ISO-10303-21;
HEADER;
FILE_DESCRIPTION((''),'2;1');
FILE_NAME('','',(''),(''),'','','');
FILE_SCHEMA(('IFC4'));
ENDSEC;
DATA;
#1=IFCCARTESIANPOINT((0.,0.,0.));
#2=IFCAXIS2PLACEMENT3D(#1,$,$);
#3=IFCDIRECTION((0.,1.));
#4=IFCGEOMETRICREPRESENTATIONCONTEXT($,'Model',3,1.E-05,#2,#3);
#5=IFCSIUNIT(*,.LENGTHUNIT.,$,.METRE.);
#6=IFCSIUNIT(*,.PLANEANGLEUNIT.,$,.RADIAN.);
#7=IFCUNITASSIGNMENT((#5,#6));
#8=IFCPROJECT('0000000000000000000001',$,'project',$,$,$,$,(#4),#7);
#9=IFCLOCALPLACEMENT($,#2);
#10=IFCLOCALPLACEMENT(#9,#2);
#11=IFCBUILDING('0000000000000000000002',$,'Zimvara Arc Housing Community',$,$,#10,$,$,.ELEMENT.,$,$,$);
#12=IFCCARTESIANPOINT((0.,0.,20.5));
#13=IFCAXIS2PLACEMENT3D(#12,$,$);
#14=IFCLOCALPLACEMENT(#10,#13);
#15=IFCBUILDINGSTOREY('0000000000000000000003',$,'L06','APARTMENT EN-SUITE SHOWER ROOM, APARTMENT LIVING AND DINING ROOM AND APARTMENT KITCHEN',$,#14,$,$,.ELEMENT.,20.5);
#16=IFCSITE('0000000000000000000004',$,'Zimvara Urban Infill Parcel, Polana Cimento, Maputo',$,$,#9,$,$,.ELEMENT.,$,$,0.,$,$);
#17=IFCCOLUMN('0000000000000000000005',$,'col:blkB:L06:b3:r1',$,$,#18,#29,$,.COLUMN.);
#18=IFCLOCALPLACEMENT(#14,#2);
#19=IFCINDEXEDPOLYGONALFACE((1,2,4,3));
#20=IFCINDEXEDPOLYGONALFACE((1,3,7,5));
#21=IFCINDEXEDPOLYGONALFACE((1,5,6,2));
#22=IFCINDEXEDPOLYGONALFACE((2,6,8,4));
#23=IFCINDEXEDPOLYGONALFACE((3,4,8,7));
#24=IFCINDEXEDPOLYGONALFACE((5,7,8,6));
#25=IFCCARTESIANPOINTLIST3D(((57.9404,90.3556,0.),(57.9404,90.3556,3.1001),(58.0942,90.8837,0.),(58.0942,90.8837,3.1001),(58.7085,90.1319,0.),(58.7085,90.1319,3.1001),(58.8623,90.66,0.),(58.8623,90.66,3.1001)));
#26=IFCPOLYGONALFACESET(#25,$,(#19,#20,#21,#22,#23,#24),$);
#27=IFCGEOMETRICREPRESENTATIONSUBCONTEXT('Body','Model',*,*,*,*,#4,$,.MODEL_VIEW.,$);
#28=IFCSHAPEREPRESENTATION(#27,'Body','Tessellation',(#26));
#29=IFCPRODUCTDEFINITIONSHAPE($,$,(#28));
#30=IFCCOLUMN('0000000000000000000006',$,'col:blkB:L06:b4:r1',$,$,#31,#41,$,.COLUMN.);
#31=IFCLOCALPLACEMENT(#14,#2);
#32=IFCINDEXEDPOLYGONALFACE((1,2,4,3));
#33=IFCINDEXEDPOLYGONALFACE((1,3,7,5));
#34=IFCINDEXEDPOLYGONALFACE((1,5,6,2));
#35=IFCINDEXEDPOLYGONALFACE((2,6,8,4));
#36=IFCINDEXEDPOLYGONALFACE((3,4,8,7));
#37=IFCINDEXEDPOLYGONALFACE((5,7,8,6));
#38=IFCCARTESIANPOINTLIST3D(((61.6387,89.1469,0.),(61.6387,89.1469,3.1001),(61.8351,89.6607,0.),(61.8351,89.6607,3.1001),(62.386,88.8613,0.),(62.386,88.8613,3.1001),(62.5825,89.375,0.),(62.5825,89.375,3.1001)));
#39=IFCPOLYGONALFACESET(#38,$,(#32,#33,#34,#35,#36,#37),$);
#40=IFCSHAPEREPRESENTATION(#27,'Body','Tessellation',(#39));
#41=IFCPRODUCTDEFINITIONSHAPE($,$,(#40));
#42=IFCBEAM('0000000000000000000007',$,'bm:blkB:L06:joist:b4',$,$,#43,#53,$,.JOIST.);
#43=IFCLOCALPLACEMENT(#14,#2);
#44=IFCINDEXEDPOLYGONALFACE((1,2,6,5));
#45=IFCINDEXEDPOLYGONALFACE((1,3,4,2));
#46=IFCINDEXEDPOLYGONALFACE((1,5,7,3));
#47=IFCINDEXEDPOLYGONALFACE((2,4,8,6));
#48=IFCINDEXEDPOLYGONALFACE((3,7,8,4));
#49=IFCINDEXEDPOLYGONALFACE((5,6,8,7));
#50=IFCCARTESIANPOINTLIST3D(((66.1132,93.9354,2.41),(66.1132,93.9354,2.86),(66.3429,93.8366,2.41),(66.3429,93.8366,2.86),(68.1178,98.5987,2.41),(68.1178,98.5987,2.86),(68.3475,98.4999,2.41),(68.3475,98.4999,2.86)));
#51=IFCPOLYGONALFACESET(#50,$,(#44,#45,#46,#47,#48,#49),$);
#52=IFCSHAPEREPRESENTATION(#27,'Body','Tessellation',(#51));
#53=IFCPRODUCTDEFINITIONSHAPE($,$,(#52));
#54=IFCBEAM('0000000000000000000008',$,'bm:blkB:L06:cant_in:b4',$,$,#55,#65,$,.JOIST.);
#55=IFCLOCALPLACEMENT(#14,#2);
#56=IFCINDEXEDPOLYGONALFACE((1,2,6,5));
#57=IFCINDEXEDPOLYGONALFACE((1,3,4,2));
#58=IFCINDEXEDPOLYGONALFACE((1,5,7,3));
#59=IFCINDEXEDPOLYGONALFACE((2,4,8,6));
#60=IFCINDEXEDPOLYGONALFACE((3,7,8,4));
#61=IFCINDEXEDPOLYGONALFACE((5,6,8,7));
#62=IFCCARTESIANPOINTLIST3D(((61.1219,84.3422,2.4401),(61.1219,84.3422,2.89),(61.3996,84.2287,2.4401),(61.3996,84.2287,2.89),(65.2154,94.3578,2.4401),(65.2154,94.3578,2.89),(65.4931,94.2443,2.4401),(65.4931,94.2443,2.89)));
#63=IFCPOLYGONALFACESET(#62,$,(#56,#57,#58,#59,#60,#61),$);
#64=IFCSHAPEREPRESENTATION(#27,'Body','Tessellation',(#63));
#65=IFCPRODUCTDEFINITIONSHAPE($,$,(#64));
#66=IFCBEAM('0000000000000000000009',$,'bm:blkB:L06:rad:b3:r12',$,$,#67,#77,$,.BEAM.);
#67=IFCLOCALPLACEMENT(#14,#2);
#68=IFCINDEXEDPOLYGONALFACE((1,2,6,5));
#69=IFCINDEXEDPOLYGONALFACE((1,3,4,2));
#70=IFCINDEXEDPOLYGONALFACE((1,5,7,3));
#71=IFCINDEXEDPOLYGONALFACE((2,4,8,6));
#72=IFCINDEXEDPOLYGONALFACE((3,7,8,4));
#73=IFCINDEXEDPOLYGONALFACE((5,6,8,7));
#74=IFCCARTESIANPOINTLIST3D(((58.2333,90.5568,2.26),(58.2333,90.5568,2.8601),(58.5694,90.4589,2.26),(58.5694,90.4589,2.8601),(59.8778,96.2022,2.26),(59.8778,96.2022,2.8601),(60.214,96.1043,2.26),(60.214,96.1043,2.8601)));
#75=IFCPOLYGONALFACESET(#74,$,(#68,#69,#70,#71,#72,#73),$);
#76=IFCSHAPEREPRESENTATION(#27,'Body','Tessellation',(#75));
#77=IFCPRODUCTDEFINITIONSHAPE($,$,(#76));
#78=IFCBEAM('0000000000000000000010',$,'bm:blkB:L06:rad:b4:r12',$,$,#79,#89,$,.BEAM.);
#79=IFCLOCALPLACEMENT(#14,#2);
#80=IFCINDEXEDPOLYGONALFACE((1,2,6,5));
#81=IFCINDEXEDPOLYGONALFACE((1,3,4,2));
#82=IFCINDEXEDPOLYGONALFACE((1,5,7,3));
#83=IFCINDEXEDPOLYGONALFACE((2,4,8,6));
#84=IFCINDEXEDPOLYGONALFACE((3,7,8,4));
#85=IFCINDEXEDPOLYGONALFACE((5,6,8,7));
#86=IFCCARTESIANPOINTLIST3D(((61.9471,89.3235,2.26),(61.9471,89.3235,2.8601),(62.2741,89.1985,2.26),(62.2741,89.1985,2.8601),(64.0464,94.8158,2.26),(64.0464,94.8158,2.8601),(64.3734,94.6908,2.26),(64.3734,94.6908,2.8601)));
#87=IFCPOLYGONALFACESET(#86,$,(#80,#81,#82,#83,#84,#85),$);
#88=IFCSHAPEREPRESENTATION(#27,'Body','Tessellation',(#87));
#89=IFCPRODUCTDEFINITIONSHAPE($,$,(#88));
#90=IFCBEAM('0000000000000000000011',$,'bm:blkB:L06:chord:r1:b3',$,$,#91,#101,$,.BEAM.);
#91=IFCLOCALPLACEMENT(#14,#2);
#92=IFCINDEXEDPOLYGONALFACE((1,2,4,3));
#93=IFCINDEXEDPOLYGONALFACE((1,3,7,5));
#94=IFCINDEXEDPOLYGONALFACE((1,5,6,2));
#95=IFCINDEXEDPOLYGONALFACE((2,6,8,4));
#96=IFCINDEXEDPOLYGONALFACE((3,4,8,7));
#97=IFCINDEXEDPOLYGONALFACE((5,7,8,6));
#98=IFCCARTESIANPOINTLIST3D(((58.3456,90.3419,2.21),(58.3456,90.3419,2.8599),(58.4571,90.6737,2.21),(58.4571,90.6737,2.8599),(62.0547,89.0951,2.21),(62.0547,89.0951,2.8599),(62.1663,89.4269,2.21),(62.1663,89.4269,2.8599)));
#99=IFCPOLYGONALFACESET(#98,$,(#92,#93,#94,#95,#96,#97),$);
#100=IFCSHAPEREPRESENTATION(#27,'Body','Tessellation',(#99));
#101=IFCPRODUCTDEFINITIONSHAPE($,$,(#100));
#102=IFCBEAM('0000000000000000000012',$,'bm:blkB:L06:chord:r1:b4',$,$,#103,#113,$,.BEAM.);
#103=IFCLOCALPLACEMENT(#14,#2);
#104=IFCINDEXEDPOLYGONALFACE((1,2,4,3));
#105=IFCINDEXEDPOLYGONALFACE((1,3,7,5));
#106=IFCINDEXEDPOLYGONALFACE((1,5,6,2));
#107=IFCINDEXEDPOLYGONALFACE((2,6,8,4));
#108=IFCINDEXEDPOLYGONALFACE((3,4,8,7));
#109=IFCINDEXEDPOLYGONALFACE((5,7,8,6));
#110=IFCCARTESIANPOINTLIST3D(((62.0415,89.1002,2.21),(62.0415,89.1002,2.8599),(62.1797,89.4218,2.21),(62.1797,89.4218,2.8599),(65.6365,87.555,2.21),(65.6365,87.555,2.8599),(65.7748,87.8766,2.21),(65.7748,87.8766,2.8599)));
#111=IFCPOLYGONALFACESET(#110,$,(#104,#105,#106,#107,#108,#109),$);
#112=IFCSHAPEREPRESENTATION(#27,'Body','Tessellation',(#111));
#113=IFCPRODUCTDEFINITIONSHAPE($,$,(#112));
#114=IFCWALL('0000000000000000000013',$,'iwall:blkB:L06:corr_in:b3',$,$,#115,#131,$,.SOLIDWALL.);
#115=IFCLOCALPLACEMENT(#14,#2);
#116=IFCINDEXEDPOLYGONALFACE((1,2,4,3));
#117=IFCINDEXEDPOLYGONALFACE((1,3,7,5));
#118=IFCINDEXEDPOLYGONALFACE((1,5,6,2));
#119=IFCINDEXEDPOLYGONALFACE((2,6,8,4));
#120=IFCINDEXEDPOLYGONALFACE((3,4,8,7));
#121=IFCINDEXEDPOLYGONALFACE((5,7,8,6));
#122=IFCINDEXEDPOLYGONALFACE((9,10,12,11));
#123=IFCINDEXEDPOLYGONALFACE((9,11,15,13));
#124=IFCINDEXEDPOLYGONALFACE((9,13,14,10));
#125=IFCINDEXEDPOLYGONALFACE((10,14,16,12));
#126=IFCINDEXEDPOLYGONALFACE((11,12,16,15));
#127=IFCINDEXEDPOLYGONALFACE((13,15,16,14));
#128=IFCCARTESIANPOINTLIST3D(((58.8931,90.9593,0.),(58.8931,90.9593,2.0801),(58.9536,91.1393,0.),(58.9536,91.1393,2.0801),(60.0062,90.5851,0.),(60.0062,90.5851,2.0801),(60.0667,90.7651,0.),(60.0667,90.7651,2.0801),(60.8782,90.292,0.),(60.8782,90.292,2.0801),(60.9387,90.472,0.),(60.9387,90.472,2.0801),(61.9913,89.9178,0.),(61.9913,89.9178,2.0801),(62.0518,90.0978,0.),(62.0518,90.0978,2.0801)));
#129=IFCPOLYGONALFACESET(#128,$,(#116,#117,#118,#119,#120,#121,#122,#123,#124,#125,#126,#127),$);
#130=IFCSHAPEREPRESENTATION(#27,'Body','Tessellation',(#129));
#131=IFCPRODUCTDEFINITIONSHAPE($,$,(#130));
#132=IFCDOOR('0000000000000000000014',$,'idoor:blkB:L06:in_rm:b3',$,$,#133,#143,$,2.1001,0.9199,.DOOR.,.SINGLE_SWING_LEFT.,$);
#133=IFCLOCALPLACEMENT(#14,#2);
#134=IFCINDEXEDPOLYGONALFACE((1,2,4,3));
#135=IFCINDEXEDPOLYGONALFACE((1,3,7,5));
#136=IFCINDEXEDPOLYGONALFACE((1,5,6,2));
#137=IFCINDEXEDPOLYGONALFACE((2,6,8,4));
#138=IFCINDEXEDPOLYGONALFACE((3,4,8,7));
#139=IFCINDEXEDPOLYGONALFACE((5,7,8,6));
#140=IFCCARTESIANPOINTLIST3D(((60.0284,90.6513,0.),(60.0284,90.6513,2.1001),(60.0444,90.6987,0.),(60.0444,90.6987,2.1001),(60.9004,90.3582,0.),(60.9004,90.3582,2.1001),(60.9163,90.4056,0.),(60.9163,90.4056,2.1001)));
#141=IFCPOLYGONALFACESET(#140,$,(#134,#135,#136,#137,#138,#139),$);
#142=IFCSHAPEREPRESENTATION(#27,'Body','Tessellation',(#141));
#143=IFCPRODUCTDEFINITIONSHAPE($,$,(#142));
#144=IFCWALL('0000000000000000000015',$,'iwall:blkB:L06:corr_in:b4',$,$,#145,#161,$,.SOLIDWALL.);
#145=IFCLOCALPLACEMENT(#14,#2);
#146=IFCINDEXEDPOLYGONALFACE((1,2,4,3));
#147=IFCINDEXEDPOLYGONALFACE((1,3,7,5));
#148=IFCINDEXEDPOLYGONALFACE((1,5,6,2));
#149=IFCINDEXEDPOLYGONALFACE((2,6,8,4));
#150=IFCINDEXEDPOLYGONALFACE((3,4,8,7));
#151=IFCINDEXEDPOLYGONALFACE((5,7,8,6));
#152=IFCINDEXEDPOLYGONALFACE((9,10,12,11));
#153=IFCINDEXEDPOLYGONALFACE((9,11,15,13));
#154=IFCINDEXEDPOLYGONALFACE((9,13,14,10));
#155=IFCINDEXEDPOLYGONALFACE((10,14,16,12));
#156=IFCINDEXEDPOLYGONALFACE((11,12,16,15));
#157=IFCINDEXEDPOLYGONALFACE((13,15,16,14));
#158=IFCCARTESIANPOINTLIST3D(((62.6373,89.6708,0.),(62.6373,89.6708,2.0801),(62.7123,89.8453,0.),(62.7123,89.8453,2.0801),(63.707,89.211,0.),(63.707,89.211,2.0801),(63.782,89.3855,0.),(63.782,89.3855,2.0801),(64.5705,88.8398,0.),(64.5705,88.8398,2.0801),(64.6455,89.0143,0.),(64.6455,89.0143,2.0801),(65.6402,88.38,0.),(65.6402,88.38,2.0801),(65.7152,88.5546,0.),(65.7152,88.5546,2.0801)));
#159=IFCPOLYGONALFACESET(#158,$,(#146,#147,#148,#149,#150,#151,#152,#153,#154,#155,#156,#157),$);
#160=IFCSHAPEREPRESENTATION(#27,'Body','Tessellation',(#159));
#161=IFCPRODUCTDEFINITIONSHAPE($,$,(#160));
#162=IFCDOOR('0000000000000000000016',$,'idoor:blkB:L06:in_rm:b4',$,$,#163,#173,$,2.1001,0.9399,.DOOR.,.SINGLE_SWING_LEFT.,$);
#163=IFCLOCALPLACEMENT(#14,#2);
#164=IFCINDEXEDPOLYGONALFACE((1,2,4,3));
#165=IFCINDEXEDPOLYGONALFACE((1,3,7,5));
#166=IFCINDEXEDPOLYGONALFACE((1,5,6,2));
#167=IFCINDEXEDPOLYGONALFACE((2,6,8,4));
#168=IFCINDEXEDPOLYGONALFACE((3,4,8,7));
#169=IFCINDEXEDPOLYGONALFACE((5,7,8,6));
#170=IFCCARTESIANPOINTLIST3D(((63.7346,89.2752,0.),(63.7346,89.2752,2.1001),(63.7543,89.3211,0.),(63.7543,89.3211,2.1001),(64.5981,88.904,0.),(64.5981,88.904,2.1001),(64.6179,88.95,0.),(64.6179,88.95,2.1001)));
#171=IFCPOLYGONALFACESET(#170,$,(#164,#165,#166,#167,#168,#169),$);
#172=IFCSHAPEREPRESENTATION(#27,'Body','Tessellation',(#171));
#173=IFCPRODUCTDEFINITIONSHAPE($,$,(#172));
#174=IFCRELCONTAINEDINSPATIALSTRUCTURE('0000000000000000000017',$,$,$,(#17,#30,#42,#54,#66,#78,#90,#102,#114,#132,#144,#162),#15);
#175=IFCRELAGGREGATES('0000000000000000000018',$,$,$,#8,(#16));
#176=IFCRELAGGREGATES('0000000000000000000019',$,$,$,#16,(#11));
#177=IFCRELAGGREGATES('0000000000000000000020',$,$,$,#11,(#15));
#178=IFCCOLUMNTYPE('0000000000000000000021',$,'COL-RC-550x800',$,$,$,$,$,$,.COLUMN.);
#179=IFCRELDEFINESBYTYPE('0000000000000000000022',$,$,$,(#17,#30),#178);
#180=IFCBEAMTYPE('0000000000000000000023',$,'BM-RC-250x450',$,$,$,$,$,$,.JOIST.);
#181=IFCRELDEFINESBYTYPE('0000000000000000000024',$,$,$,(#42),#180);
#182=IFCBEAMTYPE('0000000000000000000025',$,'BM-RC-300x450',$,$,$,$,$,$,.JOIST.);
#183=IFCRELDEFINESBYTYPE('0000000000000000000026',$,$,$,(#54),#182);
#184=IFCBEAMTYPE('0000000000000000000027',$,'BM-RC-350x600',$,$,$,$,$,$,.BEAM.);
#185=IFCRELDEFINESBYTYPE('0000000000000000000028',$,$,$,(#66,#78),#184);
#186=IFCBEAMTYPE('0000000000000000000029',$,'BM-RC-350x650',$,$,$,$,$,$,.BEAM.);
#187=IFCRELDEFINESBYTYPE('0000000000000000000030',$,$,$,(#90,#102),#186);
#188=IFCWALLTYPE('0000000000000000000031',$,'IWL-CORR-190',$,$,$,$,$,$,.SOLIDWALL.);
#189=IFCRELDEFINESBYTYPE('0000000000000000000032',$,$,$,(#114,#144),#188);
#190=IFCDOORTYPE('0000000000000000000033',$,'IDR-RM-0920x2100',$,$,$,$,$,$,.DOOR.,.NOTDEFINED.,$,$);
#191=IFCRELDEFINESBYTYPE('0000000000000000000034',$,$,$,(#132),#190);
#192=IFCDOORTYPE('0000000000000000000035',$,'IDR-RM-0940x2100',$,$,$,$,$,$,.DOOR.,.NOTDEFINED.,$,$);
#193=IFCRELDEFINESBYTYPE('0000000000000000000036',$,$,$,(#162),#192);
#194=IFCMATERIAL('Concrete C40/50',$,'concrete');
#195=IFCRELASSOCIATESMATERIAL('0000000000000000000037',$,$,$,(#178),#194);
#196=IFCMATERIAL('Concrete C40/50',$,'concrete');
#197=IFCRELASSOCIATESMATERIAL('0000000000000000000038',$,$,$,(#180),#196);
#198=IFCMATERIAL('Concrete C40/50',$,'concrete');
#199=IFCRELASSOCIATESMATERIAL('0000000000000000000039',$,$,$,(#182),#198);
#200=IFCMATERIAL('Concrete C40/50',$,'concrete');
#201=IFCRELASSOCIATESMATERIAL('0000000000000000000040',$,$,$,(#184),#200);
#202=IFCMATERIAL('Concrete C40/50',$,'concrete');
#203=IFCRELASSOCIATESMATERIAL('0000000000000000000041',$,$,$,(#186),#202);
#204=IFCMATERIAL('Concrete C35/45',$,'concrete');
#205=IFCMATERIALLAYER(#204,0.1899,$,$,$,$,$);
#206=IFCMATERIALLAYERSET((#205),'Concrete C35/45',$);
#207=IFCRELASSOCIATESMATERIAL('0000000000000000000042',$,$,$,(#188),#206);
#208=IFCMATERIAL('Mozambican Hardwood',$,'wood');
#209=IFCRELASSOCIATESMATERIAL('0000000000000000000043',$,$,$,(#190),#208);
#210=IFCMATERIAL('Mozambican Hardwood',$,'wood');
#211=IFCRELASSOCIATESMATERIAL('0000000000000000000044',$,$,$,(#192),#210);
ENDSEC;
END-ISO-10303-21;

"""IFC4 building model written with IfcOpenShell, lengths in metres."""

from ifc_helpers import new_model, si_unit, direction, frame, frame_2d, origin, origin_2d, place, context, subcontext, project, spatial, rectangle, extrude, material, layer, layer_set, material_profile, profile_set, type_object, element, fill, save


model = new_model("IFC4")

# Units and contexts
model_context = context("Model", 3, precision=1e-05, world=origin(), true_north=direction((0.0, 1.0)))
body_context = subcontext(model_context, "Body", "Model", "MODEL_VIEW")
ifc_project = project(units=[si_unit("LENGTHUNIT", "METRE"), si_unit("PLANEANGLEUNIT", "RADIAN")], contexts=[model_context])

# Site, building, storey
site_placement = place(None, origin())
site = spatial("IfcSite", under=ifc_project, at=site_placement, Name="Zimvara Urban Infill Parcel, Polana Cimento, Maputo", CompositionType="ELEMENT", RefElevation=0.0)
building_placement = place(site_placement, origin())
building = spatial("IfcBuilding", under=site, at=building_placement, Name="Zimvara Arc Housing Community", CompositionType="ELEMENT")
storey_placement = place(building_placement, frame((0.0, 0.0, 20.5)))
storey = spatial("IfcBuildingStorey", under=building, at=storey_placement, Name="L06", Description="APARTMENT EN-SUITE SHOWER ROOM, APARTMENT LIVING AND DINING ROOM AND APARTMENT KITCHEN", CompositionType="ELEMENT", Elevation=20.5)

# Columns
ifc_material_1 = material(Name="Concrete C40/50", Category="concrete")
ifc_material_profile_1 = material_profile(ifc_material_1, rectangle(XDim=0.55, YDim=0.8, at=origin_2d()), Name="RC 550x800")
ifc_profile_set_1 = profile_set([ifc_material_profile_1], Name="Concrete C40/50")
column_type = type_object("IfcColumnType", Name="COL-RC-550x800", PredefinedType="COLUMN", material=ifc_profile_set_1)
for number, where, z_axis, x_axis, name in (
    (1, (58.4014, 90.5078, 0.0), (0.0, 0.0, 1.0), (0.279661, 0.960099, 0.0), "col:blkB:L06:b3:r1"),
    (2, (62.1106, 89.261, 0.0), (0.0, 0.0, 1.0), (0.357064, 0.93408, 0.0), "col:blkB:L06:b4:r1"),
):
    element("IfcColumn", number, at=place(storey_placement, frame(where, z_axis=z_axis, x_axis=x_axis)), inside=storey, type_object=column_type, Name=name, PredefinedType="COLUMN", context=body_context, shape_type="SweptSolid", body=[
        extrude(rectangle(XDim=0.55, YDim=0.8, at=origin_2d()), origin(), (0.0, 0.0, 1.0), 3.1001),
    ])

# Beams
ifc_material_2 = material(Name="Concrete C40/50", Category="concrete")
ifc_material_profile_2 = material_profile(ifc_material_2, rectangle(XDim=0.25, YDim=0.45, at=origin_2d()), Name="RC 250x450")
ifc_profile_set_2 = profile_set([ifc_material_profile_2], Name="Concrete C40/50")
beam_type_1 = type_object("IfcBeamType", Name="BM-RC-250x450", PredefinedType="JOIST", material=ifc_profile_set_2)
beam_1_placement = place(storey_placement, frame((66.228, 93.886, 2.635), z_axis=(0.394929, 0.918712, 0.0), x_axis=(-0.918712, 0.394929, 0.0)))
element("IfcBeam", 3, at=beam_1_placement, inside=storey, type_object=beam_type_1, Name="bm:blkB:L06:joist:b4", PredefinedType="JOIST", context=body_context, shape_type="SweptSolid", body=[
    extrude(rectangle(XDim=0.25, YDim=0.45, at=origin_2d()), origin(), (0.0, 0.0, 1.0), 5.0759),
])
ifc_material_3 = material(Name="Concrete C40/50", Category="concrete")
ifc_material_profile_3 = material_profile(ifc_material_3, rectangle(XDim=0.3, YDim=0.45, at=origin_2d()), Name="RC 300x450")
ifc_profile_set_3 = profile_set([ifc_material_profile_3], Name="Concrete C40/50")
beam_type_2 = type_object("IfcBeamType", Name="BM-RC-300x450", PredefinedType="JOIST", material=ifc_profile_set_3)
beam_2_placement = place(storey_placement, frame((65.3542, 94.301, 2.665), z_axis=(-0.378332, -0.92567, 0.0), x_axis=(0.92567, -0.378332, 0.0)))
element("IfcBeam", 4, at=beam_2_placement, inside=storey, type_object=beam_type_2, Name="bm:blkB:L06:cant_in:b4", PredefinedType="JOIST", context=body_context, shape_type="SweptSolid", body=[
    extrude(rectangle(XDim=0.3, YDim=0.45, at=origin_2d()), origin(), (0.0, 0.0, 1.0), 10.8198),
])
ifc_material_4 = material(Name="Concrete C40/50", Category="concrete")
ifc_material_profile_4 = material_profile(ifc_material_4, rectangle(XDim=0.3501, YDim=0.6001, at=origin_2d()), Name="RC 350x600")
ifc_profile_set_4 = profile_set([ifc_material_profile_4], Name="Concrete C40/50")
beam_type_3 = type_object("IfcBeamType", Name="BM-RC-350x600", PredefinedType="BEAM", material=ifc_profile_set_4)
beam_3_placement = place(storey_placement, frame((58.4014, 90.5078, 2.5601), z_axis=(0.279675, 0.960095, 0.0), x_axis=(-0.960095, 0.279675, 0.0)))
element("IfcBeam", 5, at=beam_3_placement, inside=storey, type_object=beam_type_3, Name="bm:blkB:L06:rad:b3:r12", PredefinedType="BEAM", context=body_context, shape_type="SweptSolid", body=[
    extrude(rectangle(XDim=0.3501, YDim=0.6001, at=origin_2d()), origin(), (0.0, 0.0, 1.0), 5.8801),
])
beam_4_placement = place(storey_placement, frame((62.1106, 89.261, 2.5601), z_axis=(0.357036, 0.934091, 0.0), x_axis=(-0.934091, 0.357036, 0.0)))
element("IfcBeam", 6, at=beam_4_placement, inside=storey, type_object=beam_type_3, Name="bm:blkB:L06:rad:b4:r12", PredefinedType="BEAM", context=body_context, shape_type="SweptSolid", body=[
    extrude(rectangle(XDim=0.3501, YDim=0.6001, at=origin_2d()), origin(), (0.0, 0.0, 1.0), 5.8799),
])
ifc_material_5 = material(Name="Concrete C40/50", Category="concrete")
ifc_material_profile_5 = material_profile(ifc_material_5, rectangle(XDim=0.3501, YDim=0.6499, at=origin_2d()), Name="RC 350x650")
ifc_profile_set_5 = profile_set([ifc_material_profile_5], Name="Concrete C40/50")
beam_type_4 = type_object("IfcBeamType", Name="BM-RC-350x650", PredefinedType="BEAM", material=ifc_profile_set_5)
for number, where, z_axis, x_axis, name in (
    (7, (58.4014, 90.5078, 2.5349), (0.947882, -0.318623, 0.0), (0.318623, 0.947882, 0.0), "bm:blkB:L06:chord:r1:b3"),
    (8, (62.1106, 89.261, 2.5349), (0.918731, -0.394883, 0.0), (0.394883, 0.918731, 0.0), "bm:blkB:L06:chord:r1:b4"),
):
    element("IfcBeam", number, at=place(storey_placement, frame(where, z_axis=z_axis, x_axis=x_axis)), inside=storey, type_object=beam_type_4, Name=name, PredefinedType="BEAM", context=body_context, shape_type="SweptSolid", body=[
        extrude(rectangle(XDim=0.3501, YDim=0.6499, at=origin_2d()), origin(), (0.0, 0.0, 1.0), 3.9131),
    ])

# Walls, openings, doors
ifc_material_6 = material(Name="Concrete C35/45", Category="concrete")
ifc_layer_1 = layer(ifc_material_6, 0.1899)
ifc_layer_set_1 = layer_set([ifc_layer_1], Name="Concrete C35/45")
wall_type_1 = type_object("IfcWallType", Name="IWL-CORR-190", PredefinedType="SOLIDWALL", material=ifc_layer_set_1)
wall_1_placement = place(storey_placement, frame((58.9233, 91.0493, 0.0), z_axis=(0.0, 0.0, 1.0), x_axis=(0.947874, -0.318647, 0.0)))
wall_1 = element("IfcWall", 9, at=wall_1_placement, inside=storey, type_object=wall_type_1, Name="iwall:blkB:L06:corr_in:b3", PredefinedType="SOLIDWALL", context=body_context, shape_type="SweptSolid", body=[
    extrude(rectangle(XDim=3.2686, YDim=0.1899, at=frame_2d((1.6343, 0.0))), origin(), (0.0, 0.0, 1.0), 2.0801),
])
opening_1_placement = place(wall_1_placement, frame((1.1743, 0.0, 0.0)))
opening_1 = element("IfcOpeningElement", 10, at=opening_1_placement, cuts=wall_1, PredefinedType="OPENING", context=body_context, shape_type="SweptSolid", body=[
    extrude(rectangle(XDim=0.9199, YDim=2.1001, at=frame_2d((0.46, 1.05))), frame((0.0, 0.105, 0.0), z_axis=(0.0, -1.0, 0.0), x_axis=(1.0, 0.0, 0.0)), (0.0, 0.0, 1.0), 0.21),
])
ifc_material_7 = material(Name="Mozambican Hardwood", Category="wood")
door_type_1 = type_object("IfcDoorType", Name="IDR-RM-0920x2100", OperationType="NOTDEFINED", PredefinedType="DOOR", material=ifc_material_7)
door_1_placement = place(opening_1_placement, origin())
door_1 = element("IfcDoor", 11, at=door_1_placement, inside=storey, type_object=door_type_1, Name="idoor:blkB:L06:in_rm:b3", OperationType="SINGLE_SWING_LEFT", OverallHeight=2.1001, OverallWidth=0.9199, PredefinedType="DOOR", context=body_context, shape_type="SweptSolid", body=[
    extrude(rectangle(XDim=0.9199, YDim=2.1001, at=frame_2d((0.46, 1.05))), frame((0.0, 0.0249, 0.0), z_axis=(0.0, -1.0, 0.0), x_axis=(1.0, 0.0, 0.0)), (0.0, 0.0, 1.0), 0.05),
])
fill(opening_1, door_1)
wall_2_placement = place(storey_placement, frame((62.6748, 89.7581, 0.0), z_axis=(0.0, 0.0, 1.0), x_axis=(0.918723, -0.394902, 0.0)))
wall_2 = element("IfcWall", 12, at=wall_2_placement, inside=storey, type_object=wall_type_1, Name="iwall:blkB:L06:corr_in:b4", PredefinedType="SOLIDWALL", context=body_context, shape_type="SweptSolid", body=[
    extrude(rectangle(XDim=3.2686, YDim=0.1899, at=frame_2d((1.6343, 0.0))), origin(), (0.0, 0.0, 1.0), 2.0801),
])
opening_2_placement = place(wall_2_placement, frame((1.1643, 0.0, 0.0)))
opening_2 = element("IfcOpeningElement", 13, at=opening_2_placement, cuts=wall_2, PredefinedType="OPENING", context=body_context, shape_type="SweptSolid", body=[
    extrude(rectangle(XDim=0.9399, YDim=2.1001, at=frame_2d((0.47, 1.05))), frame((0.0, 0.105, 0.0), z_axis=(0.0, -1.0, 0.0), x_axis=(1.0, 0.0, 0.0)), (0.0, 0.0, 1.0), 0.21),
])
ifc_material_8 = material(Name="Mozambican Hardwood", Category="wood")
door_type_2 = type_object("IfcDoorType", Name="IDR-RM-0940x2100", OperationType="NOTDEFINED", PredefinedType="DOOR", material=ifc_material_8)
door_2_placement = place(opening_2_placement, origin())
door_2 = element("IfcDoor", 14, at=door_2_placement, inside=storey, type_object=door_type_2, Name="idoor:blkB:L06:in_rm:b4", OperationType="SINGLE_SWING_LEFT", OverallHeight=2.1001, OverallWidth=0.9399, PredefinedType="DOOR", context=body_context, shape_type="SweptSolid", body=[
    extrude(rectangle(XDim=0.9399, YDim=2.1001, at=frame_2d((0.47, 1.05))), frame((0.0, 0.0249, 0.0), z_axis=(0.0, -1.0, 0.0), x_axis=(1.0, 0.0, 0.0)), (0.0, 0.0, 1.0), 0.05),
])
fill(opening_2, door_2)

save(model, "model.ifc")
